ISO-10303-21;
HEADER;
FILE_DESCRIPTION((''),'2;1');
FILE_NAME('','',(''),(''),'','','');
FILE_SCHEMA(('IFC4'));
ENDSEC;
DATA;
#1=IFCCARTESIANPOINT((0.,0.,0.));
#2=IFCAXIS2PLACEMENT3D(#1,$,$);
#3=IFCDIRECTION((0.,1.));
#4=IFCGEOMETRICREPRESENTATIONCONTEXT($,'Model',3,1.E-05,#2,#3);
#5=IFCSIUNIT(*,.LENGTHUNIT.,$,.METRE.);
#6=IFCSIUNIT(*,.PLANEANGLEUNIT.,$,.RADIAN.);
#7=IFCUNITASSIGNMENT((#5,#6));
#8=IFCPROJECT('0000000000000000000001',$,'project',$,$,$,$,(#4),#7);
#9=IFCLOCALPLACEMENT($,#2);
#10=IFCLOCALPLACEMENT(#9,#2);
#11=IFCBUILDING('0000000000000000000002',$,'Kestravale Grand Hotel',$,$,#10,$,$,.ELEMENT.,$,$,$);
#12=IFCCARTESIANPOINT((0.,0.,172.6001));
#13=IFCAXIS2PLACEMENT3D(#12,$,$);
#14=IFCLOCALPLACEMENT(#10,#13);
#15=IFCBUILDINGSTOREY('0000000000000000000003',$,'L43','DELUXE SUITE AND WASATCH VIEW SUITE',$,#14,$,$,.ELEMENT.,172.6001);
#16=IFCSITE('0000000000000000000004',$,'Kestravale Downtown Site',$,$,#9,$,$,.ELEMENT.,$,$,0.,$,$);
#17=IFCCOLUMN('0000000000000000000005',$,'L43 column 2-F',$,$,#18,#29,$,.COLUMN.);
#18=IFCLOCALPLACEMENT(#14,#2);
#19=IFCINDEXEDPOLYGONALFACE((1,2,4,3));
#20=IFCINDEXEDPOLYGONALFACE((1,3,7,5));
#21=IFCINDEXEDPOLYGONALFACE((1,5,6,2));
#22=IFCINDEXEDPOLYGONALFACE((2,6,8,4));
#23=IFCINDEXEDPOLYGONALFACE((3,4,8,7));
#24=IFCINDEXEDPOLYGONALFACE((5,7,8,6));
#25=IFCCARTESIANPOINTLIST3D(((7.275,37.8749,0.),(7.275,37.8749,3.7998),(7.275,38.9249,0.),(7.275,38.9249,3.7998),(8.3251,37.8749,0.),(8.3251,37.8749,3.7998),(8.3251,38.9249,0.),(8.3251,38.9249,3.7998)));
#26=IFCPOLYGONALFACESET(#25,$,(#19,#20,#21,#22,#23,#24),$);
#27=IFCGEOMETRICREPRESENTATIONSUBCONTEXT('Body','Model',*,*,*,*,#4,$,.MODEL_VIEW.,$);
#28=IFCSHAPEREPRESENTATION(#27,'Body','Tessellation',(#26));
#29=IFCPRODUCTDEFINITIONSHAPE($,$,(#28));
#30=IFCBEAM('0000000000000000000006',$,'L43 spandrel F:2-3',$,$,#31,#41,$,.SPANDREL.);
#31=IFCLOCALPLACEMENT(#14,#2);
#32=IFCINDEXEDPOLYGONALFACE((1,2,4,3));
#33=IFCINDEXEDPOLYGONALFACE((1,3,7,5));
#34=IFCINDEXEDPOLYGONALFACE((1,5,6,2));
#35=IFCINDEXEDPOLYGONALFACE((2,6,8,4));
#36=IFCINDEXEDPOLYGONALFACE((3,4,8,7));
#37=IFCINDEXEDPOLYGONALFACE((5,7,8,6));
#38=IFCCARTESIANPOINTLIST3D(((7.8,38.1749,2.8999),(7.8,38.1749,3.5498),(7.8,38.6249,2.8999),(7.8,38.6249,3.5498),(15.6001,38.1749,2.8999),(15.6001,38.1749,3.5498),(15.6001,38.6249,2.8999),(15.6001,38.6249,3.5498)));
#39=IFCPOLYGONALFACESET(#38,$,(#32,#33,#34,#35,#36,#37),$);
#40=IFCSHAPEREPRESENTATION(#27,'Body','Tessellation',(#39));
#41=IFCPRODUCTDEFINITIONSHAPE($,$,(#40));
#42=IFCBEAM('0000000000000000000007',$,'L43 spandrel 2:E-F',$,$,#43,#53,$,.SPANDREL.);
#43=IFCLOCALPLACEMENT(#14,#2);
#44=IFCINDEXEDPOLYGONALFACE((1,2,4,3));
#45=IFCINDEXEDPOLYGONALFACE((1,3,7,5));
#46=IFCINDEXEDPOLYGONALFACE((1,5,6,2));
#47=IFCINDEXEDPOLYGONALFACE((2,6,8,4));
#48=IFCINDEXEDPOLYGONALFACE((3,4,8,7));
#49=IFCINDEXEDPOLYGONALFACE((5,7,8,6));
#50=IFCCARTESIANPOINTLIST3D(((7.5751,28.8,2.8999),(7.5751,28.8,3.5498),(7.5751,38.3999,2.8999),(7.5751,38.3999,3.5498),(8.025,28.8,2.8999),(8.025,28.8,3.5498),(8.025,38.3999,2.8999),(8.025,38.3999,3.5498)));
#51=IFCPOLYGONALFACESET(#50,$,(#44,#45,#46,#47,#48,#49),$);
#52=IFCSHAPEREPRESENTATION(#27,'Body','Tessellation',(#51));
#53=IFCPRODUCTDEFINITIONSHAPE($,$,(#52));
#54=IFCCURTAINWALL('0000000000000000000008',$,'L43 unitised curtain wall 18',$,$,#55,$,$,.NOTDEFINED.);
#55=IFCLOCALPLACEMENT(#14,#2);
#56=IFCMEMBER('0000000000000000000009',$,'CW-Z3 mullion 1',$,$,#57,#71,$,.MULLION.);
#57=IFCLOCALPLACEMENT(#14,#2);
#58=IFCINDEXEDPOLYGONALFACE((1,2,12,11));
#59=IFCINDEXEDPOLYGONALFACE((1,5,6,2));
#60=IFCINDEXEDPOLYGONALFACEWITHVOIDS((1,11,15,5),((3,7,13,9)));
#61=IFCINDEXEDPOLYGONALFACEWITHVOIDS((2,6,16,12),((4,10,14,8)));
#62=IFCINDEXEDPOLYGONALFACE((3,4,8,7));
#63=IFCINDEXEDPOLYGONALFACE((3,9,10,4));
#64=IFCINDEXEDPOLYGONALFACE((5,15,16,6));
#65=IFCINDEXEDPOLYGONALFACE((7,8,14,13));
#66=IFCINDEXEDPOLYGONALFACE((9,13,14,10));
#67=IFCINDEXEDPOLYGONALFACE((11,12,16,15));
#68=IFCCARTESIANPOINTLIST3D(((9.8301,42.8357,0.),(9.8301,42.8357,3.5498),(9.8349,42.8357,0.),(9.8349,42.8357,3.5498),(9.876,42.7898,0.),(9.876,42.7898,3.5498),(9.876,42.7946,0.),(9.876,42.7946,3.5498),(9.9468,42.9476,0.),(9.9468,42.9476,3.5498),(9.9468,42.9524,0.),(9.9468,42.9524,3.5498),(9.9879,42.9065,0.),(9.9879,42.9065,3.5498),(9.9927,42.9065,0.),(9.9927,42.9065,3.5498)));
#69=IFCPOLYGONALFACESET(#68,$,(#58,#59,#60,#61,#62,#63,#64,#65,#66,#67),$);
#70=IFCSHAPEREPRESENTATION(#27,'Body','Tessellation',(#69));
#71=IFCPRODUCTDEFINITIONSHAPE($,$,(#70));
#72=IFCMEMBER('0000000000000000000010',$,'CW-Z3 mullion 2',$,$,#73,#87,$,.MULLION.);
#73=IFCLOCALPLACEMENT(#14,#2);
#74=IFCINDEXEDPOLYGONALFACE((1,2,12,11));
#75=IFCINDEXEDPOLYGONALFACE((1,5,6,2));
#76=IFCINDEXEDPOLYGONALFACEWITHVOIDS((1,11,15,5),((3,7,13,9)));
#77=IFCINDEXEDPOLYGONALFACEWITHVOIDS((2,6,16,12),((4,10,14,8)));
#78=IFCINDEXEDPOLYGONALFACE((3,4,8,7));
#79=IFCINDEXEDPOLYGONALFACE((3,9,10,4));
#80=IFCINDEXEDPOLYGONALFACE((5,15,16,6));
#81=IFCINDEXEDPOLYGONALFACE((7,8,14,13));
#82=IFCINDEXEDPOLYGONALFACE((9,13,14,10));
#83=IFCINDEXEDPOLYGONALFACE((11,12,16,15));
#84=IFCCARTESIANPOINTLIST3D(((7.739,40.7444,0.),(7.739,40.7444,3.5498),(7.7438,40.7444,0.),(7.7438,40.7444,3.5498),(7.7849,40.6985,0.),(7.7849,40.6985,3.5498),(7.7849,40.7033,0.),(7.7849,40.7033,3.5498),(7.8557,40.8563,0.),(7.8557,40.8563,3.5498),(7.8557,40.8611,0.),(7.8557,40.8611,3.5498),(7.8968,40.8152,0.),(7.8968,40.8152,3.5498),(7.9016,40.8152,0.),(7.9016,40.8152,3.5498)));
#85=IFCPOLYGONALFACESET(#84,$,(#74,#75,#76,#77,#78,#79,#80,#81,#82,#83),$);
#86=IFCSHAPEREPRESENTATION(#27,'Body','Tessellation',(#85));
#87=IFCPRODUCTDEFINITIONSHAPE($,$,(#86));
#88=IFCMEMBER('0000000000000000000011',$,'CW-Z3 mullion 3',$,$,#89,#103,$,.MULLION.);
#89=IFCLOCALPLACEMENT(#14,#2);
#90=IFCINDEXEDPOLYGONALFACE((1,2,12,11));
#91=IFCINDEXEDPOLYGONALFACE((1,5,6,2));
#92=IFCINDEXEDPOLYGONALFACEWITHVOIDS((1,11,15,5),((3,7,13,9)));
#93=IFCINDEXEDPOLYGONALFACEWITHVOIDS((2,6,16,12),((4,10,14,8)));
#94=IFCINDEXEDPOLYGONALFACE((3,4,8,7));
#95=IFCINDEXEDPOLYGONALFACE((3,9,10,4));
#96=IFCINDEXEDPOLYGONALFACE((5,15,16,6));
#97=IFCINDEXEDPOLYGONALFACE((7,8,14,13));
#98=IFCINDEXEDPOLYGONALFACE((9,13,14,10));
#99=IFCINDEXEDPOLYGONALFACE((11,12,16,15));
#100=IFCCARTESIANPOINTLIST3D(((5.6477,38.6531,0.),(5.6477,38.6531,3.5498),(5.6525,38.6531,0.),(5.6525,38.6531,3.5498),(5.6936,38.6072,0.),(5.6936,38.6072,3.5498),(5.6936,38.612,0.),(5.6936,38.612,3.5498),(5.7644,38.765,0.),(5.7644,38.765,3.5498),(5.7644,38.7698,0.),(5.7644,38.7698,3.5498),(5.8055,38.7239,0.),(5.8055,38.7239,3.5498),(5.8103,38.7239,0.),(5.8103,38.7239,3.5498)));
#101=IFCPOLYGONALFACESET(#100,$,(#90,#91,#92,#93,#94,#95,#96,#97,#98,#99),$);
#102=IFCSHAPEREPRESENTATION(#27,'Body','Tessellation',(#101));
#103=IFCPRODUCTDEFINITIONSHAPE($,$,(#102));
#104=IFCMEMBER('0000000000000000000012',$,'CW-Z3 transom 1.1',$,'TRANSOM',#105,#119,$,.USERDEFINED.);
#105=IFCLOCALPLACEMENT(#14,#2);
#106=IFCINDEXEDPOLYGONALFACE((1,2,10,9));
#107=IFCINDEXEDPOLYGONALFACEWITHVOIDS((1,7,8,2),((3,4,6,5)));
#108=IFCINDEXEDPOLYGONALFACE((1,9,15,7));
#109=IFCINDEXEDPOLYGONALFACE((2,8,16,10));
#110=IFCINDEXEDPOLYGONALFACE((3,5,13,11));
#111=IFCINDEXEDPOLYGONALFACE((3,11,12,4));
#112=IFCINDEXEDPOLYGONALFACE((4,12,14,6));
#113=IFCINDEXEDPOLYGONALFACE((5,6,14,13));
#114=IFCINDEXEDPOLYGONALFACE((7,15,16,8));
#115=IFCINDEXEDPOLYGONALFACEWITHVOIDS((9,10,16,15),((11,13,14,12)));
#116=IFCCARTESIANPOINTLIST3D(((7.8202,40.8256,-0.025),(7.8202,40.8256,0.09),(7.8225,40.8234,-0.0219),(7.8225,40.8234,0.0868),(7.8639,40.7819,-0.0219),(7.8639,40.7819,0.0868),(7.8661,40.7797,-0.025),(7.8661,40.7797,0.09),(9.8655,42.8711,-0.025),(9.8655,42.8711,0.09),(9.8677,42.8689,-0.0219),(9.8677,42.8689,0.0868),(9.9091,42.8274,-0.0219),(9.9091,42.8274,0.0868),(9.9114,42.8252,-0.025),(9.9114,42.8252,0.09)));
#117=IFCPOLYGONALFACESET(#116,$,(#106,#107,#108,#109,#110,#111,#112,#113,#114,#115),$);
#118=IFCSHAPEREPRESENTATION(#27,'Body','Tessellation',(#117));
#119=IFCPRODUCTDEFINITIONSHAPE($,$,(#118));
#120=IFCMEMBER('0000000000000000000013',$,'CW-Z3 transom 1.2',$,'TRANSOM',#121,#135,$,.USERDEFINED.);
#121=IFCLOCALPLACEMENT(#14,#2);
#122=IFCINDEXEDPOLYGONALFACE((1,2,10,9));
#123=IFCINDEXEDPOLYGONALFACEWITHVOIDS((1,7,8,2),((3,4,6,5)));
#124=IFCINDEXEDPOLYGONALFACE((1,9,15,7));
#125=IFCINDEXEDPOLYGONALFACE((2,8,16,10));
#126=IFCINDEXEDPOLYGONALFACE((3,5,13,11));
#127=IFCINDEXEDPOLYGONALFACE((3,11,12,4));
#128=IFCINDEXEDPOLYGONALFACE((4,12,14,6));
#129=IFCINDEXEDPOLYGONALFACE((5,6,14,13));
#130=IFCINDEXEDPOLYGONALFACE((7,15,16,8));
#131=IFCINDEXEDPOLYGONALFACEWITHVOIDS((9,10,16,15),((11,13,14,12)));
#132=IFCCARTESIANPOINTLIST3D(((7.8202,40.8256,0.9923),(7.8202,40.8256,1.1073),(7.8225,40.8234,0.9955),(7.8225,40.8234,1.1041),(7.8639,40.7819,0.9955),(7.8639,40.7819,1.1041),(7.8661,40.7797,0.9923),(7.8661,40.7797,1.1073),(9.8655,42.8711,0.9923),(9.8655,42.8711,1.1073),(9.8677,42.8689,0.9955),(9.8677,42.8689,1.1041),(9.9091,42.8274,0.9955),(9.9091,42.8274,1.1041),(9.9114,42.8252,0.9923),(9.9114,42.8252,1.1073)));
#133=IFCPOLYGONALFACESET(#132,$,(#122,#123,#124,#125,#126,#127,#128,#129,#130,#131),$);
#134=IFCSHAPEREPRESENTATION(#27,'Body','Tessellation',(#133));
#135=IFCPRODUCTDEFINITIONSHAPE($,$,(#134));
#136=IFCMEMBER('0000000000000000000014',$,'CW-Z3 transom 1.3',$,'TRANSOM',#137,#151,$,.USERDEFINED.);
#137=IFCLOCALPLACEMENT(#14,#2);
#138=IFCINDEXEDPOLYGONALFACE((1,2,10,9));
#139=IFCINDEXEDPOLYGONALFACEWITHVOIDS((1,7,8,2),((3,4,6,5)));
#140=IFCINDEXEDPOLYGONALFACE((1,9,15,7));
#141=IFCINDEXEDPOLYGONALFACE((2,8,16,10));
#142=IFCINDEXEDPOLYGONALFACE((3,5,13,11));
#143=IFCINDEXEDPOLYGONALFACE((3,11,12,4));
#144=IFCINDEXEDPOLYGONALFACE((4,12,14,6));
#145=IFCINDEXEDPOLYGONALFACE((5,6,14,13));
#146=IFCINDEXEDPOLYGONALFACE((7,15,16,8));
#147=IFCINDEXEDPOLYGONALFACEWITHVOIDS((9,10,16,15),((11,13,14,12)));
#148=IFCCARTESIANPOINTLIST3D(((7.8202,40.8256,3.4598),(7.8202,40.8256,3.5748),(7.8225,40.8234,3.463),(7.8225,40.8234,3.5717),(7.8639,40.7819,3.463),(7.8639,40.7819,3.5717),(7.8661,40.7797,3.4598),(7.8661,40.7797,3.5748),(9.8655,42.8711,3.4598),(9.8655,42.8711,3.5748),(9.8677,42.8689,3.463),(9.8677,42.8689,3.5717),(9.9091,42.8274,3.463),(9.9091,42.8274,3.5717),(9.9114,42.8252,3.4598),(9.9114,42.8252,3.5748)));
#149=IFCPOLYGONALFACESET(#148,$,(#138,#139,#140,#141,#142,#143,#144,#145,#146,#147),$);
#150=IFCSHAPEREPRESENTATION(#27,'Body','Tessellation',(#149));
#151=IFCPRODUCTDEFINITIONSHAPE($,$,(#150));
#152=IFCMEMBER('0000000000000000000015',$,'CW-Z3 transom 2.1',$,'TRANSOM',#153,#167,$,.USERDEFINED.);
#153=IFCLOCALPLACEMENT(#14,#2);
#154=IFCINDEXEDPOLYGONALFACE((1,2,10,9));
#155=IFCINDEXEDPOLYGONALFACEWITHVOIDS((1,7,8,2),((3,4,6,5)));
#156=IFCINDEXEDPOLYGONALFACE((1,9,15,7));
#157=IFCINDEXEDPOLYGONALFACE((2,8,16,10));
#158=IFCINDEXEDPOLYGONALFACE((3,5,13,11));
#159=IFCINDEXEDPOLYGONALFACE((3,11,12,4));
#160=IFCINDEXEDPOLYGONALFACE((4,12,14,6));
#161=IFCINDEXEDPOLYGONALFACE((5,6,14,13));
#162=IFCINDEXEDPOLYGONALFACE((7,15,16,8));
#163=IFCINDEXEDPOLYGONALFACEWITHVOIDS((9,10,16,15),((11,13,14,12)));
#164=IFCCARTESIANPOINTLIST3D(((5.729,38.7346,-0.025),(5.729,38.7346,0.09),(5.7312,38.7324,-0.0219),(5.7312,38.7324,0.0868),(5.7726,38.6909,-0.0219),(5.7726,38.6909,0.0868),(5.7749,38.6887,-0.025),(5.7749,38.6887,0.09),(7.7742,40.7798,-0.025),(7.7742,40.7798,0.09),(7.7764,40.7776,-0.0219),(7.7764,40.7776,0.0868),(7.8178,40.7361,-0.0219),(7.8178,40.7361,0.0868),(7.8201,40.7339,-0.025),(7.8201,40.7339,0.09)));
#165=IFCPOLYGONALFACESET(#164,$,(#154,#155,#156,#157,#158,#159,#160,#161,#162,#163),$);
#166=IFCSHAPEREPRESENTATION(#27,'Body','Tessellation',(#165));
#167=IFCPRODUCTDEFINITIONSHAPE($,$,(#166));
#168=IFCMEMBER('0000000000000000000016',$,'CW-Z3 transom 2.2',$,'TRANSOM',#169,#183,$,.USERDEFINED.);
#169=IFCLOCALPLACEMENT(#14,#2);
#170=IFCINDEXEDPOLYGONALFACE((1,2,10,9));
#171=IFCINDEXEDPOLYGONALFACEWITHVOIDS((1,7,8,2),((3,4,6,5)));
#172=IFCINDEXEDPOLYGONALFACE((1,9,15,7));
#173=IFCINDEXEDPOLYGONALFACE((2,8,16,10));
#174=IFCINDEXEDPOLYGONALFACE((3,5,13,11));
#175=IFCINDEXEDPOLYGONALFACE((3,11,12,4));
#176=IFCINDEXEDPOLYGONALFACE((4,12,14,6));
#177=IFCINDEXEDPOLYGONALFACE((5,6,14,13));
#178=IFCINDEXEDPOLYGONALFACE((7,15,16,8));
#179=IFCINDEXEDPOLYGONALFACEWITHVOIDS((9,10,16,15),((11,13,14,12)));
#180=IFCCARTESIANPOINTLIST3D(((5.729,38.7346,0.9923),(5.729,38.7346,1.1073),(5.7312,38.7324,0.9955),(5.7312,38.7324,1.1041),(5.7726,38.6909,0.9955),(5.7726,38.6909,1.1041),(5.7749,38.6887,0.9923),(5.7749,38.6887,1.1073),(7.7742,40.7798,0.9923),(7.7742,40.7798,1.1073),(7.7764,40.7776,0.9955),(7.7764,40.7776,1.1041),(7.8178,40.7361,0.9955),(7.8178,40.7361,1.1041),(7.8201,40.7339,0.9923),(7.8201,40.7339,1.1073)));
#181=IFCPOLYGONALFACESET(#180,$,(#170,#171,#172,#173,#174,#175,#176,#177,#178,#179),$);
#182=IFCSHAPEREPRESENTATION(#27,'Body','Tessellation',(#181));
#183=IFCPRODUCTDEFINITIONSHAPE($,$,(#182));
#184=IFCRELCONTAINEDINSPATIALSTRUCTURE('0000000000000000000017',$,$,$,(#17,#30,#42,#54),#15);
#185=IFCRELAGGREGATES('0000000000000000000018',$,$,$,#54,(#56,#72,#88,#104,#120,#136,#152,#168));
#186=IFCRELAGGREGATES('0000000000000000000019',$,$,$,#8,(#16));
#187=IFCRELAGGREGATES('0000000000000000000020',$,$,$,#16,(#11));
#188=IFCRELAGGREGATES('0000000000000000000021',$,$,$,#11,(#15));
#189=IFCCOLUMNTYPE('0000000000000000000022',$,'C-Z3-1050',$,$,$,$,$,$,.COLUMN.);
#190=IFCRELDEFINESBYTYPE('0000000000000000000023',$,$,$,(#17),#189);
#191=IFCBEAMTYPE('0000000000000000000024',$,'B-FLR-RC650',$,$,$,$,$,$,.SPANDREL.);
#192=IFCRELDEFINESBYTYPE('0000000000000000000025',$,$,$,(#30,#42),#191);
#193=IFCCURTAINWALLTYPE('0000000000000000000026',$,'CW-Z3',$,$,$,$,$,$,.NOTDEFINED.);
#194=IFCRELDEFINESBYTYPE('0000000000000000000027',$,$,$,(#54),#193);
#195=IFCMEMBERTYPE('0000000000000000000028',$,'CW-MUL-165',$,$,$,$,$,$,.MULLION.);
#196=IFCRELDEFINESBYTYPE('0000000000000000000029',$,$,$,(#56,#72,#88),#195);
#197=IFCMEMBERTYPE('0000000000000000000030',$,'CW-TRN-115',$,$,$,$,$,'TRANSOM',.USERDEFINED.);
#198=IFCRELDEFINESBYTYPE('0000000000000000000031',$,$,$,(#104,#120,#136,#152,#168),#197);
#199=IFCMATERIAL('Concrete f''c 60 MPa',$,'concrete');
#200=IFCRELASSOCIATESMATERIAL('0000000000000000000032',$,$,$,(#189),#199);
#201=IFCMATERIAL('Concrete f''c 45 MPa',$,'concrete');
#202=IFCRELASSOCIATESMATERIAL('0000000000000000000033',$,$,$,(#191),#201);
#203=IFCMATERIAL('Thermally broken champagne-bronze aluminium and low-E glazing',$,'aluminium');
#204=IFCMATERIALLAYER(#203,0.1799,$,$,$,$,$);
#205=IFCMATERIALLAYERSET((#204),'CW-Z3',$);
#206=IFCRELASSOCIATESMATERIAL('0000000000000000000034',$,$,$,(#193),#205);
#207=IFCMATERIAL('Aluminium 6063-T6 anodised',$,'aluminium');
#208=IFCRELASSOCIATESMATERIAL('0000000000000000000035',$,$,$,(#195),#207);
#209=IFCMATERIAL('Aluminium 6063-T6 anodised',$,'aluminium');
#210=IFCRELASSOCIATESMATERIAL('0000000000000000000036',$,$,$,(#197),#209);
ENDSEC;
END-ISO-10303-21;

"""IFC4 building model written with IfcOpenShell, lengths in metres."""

from ifc_helpers import new_model, si_unit, direction, frame, origin, origin_2d, place, context, subcontext, project, spatial, rectangle, hollow_rectangle, extrude, material, layer, layer_set, material_profile, profile_set, type_object, element, aggregate, save


model = new_model("IFC4")

# Units and contexts
model_context = context("Model", 3, precision=1e-05, world=origin(), true_north=direction((0.0, 1.0)))
body_context = subcontext(model_context, "Body", "Model", "MODEL_VIEW")
ifc_project = project(units=[si_unit("LENGTHUNIT", "METRE"), si_unit("PLANEANGLEUNIT", "RADIAN")], contexts=[model_context])

# Site, building, storey
site_placement = place(None, origin())
site = spatial("IfcSite", under=ifc_project, at=site_placement, Name="Kestravale Downtown Site", CompositionType="ELEMENT", RefElevation=0.0)
building_placement = place(site_placement, origin())
building = spatial("IfcBuilding", under=site, at=building_placement, Name="Kestravale Grand Hotel", CompositionType="ELEMENT")
storey_placement = place(building_placement, frame((0.0, 0.0, 172.6001)))
storey = spatial("IfcBuildingStorey", under=building, at=storey_placement, Name="L43", Description="DELUXE SUITE AND WASATCH VIEW SUITE", CompositionType="ELEMENT", Elevation=172.6001)

# Column
ifc_material_1 = material(Name="Concrete f'c 60 MPa", Category="concrete")
ifc_material_profile_1 = material_profile(ifc_material_1, rectangle(XDim=1.05, YDim=1.05, at=origin_2d()))
ifc_profile_set_1 = profile_set([ifc_material_profile_1], Name="Concrete f'c 60 MPa")
column_type = type_object("IfcColumnType", Name="C-Z3-1050", PredefinedType="COLUMN", material=ifc_profile_set_1)
column_placement = place(storey_placement, frame((7.8, 38.3999, 0.0), z_axis=(0.0, 0.0, 1.0), x_axis=(1.0, 0.0, 0.0)))
element("IfcColumn", 1, at=column_placement, inside=storey, type_object=column_type, Name="L43 column 2-F", PredefinedType="COLUMN", context=body_context, shape_type="SweptSolid", body=[
    extrude(rectangle(XDim=1.05, YDim=1.05, at=origin_2d()), origin(), (0.0, 0.0, 1.0), 3.7998),
])

# Beams
ifc_material_2 = material(Name="Concrete f'c 45 MPa", Category="concrete")
ifc_material_profile_2 = material_profile(ifc_material_2, rectangle(XDim=0.45, YDim=0.6499, at=origin_2d()))
ifc_profile_set_2 = profile_set([ifc_material_profile_2], Name="Concrete f'c 45 MPa")
beam_type = type_object("IfcBeamType", Name="B-FLR-RC650", PredefinedType="SPANDREL", material=ifc_profile_set_2)
beam_1_placement = place(storey_placement, frame((7.8, 38.3999, 3.2249), z_axis=(1.0, 0.0, 0.0), x_axis=(0.0, 1.0, 0.0)))
element("IfcBeam", 2, at=beam_1_placement, inside=storey, type_object=beam_type, Name="L43 spandrel F:2-3", PredefinedType="SPANDREL", context=body_context, shape_type="SweptSolid", body=[
    extrude(rectangle(XDim=0.45, YDim=0.6499, at=origin_2d()), origin(), (0.0, 0.0, 1.0), 7.8),
])
beam_2_placement = place(storey_placement, frame((7.8, 28.8, 3.2249), z_axis=(0.0, 1.0, 0.0), x_axis=(-1.0, 0.0, 0.0)))
element("IfcBeam", 3, at=beam_2_placement, inside=storey, type_object=beam_type, Name="L43 spandrel 2:E-F", PredefinedType="SPANDREL", context=body_context, shape_type="SweptSolid", body=[
    extrude(rectangle(XDim=0.45, YDim=0.6499, at=origin_2d()), origin(), (0.0, 0.0, 1.0), 9.5999),
])

# Curtain wall, members
ifc_material_3 = material(Name="Thermally broken champagne-bronze aluminium and low-E glazing", Category="aluminium")
ifc_layer_1 = layer(ifc_material_3, 0.1799)
ifc_layer_set_1 = layer_set([ifc_layer_1], Name="CW-Z3")
curtain_wall_type = type_object("IfcCurtainWallType", Name="CW-Z3", PredefinedType="NOTDEFINED", material=ifc_layer_set_1)
curtain_wall_placement = place(storey_placement, origin())
curtain_wall = element("IfcCurtainWall", 4, at=curtain_wall_placement, inside=storey, type_object=curtain_wall_type, Name="L43 unitised curtain wall 18", PredefinedType="NOTDEFINED")
ifc_material_4 = material(Name="Aluminium 6063-T6 anodised", Category="aluminium")
ifc_material_profile_3 = material_profile(ifc_material_4, hollow_rectangle(XDim=0.0649, YDim=0.165, WallThickness=0.0034, at=origin_2d()))
ifc_profile_set_3 = profile_set([ifc_material_profile_3], Name="Aluminium 6063-T6 anodised")
member_type_1 = type_object("IfcMemberType", Name="CW-MUL-165", PredefinedType="MULLION", material=ifc_profile_set_3)
member_1_placement = place(storey_placement, frame((9.9114, 42.8711, 0.0), z_axis=(0.0, 0.0, 1.0), x_axis=(0.707107, -0.707107, 0.0)))
member_1 = element("IfcMember", 5, at=member_1_placement, type_object=member_type_1, Name="CW-Z3 mullion 1", PredefinedType="MULLION", context=body_context, shape_type="SweptSolid", body=[
    extrude(hollow_rectangle(XDim=0.0649, YDim=0.165, WallThickness=0.0034, at=origin_2d()), origin(), (0.0, 0.0, 1.0), 3.5498),
])
member_2_placement = place(storey_placement, frame((7.8203, 40.7798, 0.0), z_axis=(0.0, 0.0, 1.0), x_axis=(0.707107, -0.707107, 0.0)))
member_2 = element("IfcMember", 6, at=member_2_placement, type_object=member_type_1, Name="CW-Z3 mullion 2", PredefinedType="MULLION", context=body_context, shape_type="SweptSolid", body=[
    extrude(hollow_rectangle(XDim=0.0649, YDim=0.165, WallThickness=0.0034, at=origin_2d()), origin(), (0.0, 0.0, 1.0), 3.5498),
])
member_3_placement = place(storey_placement, frame((5.729, 38.6885, 0.0), z_axis=(0.0, 0.0, 1.0), x_axis=(0.707107, -0.707107, 0.0)))
member_3 = element("IfcMember", 7, at=member_3_placement, type_object=member_type_1, Name="CW-Z3 mullion 3", PredefinedType="MULLION", context=body_context, shape_type="SweptSolid", body=[
    extrude(hollow_rectangle(XDim=0.0649, YDim=0.165, WallThickness=0.0034, at=origin_2d()), origin(), (0.0, 0.0, 1.0), 3.5498),
])
ifc_material_5 = material(Name="Aluminium 6063-T6 anodised", Category="aluminium")
ifc_material_profile_4 = material_profile(ifc_material_5, hollow_rectangle(XDim=0.0649, YDim=0.115, WallThickness=0.0032, at=origin_2d()))
ifc_profile_set_4 = profile_set([ifc_material_profile_4], Name="Aluminium 6063-T6 anodised")
member_type_2 = type_object("IfcMemberType", Name="CW-TRN-115", ElementType="TRANSOM", PredefinedType="USERDEFINED", material=ifc_profile_set_4)
member_4_placement = place(storey_placement, frame((9.8884, 42.8481, 0.0325), z_axis=(-0.707065, -0.707149, 0.0), x_axis=(0.707149, -0.707065, 0.0)))
member_4 = element("IfcMember", 8, at=member_4_placement, type_object=member_type_2, Name="CW-Z3 transom 1.1", ObjectType="TRANSOM", PredefinedType="USERDEFINED", context=body_context, shape_type="SweptSolid", body=[
    extrude(hollow_rectangle(XDim=0.0649, YDim=0.115, WallThickness=0.0032, at=origin_2d()), origin(), (0.0, 0.0, 1.0), 2.8926),
])
member_5_placement = place(storey_placement, frame((9.8884, 42.8481, 1.0498), z_axis=(-0.707065, -0.707149, 0.0), x_axis=(0.707149, -0.707065, 0.0)))
member_5 = element("IfcMember", 9, at=member_5_placement, type_object=member_type_2, Name="CW-Z3 transom 1.2", ObjectType="TRANSOM", PredefinedType="USERDEFINED", context=body_context, shape_type="SweptSolid", body=[
    extrude(hollow_rectangle(XDim=0.0649, YDim=0.115, WallThickness=0.0032, at=origin_2d()), origin(), (0.0, 0.0, 1.0), 2.8926),
])
member_6_placement = place(storey_placement, frame((9.8884, 42.8481, 3.5173), z_axis=(-0.707065, -0.707149, 0.0), x_axis=(0.707149, -0.707065, 0.0)))
member_6 = element("IfcMember", 10, at=member_6_placement, type_object=member_type_2, Name="CW-Z3 transom 1.3", ObjectType="TRANSOM", PredefinedType="USERDEFINED", context=body_context, shape_type="SweptSolid", body=[
    extrude(hollow_rectangle(XDim=0.0649, YDim=0.115, WallThickness=0.0032, at=origin_2d()), origin(), (0.0, 0.0, 1.0), 2.8926),
])
member_7_placement = place(storey_placement, frame((7.7971, 40.7568, 0.0325), z_axis=(-0.707107, -0.707107, 0.0), x_axis=(0.707107, -0.707107, 0.0)))
member_7 = element("IfcMember", 11, at=member_7_placement, type_object=member_type_2, Name="CW-Z3 transom 2.1", ObjectType="TRANSOM", PredefinedType="USERDEFINED", context=body_context, shape_type="SweptSolid", body=[
    extrude(hollow_rectangle(XDim=0.0649, YDim=0.115, WallThickness=0.0032, at=origin_2d()), origin(), (0.0, 0.0, 1.0), 2.8923),
])
member_8_placement = place(storey_placement, frame((7.7971, 40.7568, 1.0498), z_axis=(-0.707107, -0.707107, 0.0), x_axis=(0.707107, -0.707107, 0.0)))
member_8 = element("IfcMember", 12, at=member_8_placement, type_object=member_type_2, Name="CW-Z3 transom 2.2", ObjectType="TRANSOM", PredefinedType="USERDEFINED", context=body_context, shape_type="SweptSolid", body=[
    extrude(hollow_rectangle(XDim=0.0649, YDim=0.115, WallThickness=0.0032, at=origin_2d()), origin(), (0.0, 0.0, 1.0), 2.8923),
])
aggregate(curtain_wall, [member_1, member_2, member_3, member_4, member_5, member_6, member_7, member_8])

save(model, "model.ifc")
